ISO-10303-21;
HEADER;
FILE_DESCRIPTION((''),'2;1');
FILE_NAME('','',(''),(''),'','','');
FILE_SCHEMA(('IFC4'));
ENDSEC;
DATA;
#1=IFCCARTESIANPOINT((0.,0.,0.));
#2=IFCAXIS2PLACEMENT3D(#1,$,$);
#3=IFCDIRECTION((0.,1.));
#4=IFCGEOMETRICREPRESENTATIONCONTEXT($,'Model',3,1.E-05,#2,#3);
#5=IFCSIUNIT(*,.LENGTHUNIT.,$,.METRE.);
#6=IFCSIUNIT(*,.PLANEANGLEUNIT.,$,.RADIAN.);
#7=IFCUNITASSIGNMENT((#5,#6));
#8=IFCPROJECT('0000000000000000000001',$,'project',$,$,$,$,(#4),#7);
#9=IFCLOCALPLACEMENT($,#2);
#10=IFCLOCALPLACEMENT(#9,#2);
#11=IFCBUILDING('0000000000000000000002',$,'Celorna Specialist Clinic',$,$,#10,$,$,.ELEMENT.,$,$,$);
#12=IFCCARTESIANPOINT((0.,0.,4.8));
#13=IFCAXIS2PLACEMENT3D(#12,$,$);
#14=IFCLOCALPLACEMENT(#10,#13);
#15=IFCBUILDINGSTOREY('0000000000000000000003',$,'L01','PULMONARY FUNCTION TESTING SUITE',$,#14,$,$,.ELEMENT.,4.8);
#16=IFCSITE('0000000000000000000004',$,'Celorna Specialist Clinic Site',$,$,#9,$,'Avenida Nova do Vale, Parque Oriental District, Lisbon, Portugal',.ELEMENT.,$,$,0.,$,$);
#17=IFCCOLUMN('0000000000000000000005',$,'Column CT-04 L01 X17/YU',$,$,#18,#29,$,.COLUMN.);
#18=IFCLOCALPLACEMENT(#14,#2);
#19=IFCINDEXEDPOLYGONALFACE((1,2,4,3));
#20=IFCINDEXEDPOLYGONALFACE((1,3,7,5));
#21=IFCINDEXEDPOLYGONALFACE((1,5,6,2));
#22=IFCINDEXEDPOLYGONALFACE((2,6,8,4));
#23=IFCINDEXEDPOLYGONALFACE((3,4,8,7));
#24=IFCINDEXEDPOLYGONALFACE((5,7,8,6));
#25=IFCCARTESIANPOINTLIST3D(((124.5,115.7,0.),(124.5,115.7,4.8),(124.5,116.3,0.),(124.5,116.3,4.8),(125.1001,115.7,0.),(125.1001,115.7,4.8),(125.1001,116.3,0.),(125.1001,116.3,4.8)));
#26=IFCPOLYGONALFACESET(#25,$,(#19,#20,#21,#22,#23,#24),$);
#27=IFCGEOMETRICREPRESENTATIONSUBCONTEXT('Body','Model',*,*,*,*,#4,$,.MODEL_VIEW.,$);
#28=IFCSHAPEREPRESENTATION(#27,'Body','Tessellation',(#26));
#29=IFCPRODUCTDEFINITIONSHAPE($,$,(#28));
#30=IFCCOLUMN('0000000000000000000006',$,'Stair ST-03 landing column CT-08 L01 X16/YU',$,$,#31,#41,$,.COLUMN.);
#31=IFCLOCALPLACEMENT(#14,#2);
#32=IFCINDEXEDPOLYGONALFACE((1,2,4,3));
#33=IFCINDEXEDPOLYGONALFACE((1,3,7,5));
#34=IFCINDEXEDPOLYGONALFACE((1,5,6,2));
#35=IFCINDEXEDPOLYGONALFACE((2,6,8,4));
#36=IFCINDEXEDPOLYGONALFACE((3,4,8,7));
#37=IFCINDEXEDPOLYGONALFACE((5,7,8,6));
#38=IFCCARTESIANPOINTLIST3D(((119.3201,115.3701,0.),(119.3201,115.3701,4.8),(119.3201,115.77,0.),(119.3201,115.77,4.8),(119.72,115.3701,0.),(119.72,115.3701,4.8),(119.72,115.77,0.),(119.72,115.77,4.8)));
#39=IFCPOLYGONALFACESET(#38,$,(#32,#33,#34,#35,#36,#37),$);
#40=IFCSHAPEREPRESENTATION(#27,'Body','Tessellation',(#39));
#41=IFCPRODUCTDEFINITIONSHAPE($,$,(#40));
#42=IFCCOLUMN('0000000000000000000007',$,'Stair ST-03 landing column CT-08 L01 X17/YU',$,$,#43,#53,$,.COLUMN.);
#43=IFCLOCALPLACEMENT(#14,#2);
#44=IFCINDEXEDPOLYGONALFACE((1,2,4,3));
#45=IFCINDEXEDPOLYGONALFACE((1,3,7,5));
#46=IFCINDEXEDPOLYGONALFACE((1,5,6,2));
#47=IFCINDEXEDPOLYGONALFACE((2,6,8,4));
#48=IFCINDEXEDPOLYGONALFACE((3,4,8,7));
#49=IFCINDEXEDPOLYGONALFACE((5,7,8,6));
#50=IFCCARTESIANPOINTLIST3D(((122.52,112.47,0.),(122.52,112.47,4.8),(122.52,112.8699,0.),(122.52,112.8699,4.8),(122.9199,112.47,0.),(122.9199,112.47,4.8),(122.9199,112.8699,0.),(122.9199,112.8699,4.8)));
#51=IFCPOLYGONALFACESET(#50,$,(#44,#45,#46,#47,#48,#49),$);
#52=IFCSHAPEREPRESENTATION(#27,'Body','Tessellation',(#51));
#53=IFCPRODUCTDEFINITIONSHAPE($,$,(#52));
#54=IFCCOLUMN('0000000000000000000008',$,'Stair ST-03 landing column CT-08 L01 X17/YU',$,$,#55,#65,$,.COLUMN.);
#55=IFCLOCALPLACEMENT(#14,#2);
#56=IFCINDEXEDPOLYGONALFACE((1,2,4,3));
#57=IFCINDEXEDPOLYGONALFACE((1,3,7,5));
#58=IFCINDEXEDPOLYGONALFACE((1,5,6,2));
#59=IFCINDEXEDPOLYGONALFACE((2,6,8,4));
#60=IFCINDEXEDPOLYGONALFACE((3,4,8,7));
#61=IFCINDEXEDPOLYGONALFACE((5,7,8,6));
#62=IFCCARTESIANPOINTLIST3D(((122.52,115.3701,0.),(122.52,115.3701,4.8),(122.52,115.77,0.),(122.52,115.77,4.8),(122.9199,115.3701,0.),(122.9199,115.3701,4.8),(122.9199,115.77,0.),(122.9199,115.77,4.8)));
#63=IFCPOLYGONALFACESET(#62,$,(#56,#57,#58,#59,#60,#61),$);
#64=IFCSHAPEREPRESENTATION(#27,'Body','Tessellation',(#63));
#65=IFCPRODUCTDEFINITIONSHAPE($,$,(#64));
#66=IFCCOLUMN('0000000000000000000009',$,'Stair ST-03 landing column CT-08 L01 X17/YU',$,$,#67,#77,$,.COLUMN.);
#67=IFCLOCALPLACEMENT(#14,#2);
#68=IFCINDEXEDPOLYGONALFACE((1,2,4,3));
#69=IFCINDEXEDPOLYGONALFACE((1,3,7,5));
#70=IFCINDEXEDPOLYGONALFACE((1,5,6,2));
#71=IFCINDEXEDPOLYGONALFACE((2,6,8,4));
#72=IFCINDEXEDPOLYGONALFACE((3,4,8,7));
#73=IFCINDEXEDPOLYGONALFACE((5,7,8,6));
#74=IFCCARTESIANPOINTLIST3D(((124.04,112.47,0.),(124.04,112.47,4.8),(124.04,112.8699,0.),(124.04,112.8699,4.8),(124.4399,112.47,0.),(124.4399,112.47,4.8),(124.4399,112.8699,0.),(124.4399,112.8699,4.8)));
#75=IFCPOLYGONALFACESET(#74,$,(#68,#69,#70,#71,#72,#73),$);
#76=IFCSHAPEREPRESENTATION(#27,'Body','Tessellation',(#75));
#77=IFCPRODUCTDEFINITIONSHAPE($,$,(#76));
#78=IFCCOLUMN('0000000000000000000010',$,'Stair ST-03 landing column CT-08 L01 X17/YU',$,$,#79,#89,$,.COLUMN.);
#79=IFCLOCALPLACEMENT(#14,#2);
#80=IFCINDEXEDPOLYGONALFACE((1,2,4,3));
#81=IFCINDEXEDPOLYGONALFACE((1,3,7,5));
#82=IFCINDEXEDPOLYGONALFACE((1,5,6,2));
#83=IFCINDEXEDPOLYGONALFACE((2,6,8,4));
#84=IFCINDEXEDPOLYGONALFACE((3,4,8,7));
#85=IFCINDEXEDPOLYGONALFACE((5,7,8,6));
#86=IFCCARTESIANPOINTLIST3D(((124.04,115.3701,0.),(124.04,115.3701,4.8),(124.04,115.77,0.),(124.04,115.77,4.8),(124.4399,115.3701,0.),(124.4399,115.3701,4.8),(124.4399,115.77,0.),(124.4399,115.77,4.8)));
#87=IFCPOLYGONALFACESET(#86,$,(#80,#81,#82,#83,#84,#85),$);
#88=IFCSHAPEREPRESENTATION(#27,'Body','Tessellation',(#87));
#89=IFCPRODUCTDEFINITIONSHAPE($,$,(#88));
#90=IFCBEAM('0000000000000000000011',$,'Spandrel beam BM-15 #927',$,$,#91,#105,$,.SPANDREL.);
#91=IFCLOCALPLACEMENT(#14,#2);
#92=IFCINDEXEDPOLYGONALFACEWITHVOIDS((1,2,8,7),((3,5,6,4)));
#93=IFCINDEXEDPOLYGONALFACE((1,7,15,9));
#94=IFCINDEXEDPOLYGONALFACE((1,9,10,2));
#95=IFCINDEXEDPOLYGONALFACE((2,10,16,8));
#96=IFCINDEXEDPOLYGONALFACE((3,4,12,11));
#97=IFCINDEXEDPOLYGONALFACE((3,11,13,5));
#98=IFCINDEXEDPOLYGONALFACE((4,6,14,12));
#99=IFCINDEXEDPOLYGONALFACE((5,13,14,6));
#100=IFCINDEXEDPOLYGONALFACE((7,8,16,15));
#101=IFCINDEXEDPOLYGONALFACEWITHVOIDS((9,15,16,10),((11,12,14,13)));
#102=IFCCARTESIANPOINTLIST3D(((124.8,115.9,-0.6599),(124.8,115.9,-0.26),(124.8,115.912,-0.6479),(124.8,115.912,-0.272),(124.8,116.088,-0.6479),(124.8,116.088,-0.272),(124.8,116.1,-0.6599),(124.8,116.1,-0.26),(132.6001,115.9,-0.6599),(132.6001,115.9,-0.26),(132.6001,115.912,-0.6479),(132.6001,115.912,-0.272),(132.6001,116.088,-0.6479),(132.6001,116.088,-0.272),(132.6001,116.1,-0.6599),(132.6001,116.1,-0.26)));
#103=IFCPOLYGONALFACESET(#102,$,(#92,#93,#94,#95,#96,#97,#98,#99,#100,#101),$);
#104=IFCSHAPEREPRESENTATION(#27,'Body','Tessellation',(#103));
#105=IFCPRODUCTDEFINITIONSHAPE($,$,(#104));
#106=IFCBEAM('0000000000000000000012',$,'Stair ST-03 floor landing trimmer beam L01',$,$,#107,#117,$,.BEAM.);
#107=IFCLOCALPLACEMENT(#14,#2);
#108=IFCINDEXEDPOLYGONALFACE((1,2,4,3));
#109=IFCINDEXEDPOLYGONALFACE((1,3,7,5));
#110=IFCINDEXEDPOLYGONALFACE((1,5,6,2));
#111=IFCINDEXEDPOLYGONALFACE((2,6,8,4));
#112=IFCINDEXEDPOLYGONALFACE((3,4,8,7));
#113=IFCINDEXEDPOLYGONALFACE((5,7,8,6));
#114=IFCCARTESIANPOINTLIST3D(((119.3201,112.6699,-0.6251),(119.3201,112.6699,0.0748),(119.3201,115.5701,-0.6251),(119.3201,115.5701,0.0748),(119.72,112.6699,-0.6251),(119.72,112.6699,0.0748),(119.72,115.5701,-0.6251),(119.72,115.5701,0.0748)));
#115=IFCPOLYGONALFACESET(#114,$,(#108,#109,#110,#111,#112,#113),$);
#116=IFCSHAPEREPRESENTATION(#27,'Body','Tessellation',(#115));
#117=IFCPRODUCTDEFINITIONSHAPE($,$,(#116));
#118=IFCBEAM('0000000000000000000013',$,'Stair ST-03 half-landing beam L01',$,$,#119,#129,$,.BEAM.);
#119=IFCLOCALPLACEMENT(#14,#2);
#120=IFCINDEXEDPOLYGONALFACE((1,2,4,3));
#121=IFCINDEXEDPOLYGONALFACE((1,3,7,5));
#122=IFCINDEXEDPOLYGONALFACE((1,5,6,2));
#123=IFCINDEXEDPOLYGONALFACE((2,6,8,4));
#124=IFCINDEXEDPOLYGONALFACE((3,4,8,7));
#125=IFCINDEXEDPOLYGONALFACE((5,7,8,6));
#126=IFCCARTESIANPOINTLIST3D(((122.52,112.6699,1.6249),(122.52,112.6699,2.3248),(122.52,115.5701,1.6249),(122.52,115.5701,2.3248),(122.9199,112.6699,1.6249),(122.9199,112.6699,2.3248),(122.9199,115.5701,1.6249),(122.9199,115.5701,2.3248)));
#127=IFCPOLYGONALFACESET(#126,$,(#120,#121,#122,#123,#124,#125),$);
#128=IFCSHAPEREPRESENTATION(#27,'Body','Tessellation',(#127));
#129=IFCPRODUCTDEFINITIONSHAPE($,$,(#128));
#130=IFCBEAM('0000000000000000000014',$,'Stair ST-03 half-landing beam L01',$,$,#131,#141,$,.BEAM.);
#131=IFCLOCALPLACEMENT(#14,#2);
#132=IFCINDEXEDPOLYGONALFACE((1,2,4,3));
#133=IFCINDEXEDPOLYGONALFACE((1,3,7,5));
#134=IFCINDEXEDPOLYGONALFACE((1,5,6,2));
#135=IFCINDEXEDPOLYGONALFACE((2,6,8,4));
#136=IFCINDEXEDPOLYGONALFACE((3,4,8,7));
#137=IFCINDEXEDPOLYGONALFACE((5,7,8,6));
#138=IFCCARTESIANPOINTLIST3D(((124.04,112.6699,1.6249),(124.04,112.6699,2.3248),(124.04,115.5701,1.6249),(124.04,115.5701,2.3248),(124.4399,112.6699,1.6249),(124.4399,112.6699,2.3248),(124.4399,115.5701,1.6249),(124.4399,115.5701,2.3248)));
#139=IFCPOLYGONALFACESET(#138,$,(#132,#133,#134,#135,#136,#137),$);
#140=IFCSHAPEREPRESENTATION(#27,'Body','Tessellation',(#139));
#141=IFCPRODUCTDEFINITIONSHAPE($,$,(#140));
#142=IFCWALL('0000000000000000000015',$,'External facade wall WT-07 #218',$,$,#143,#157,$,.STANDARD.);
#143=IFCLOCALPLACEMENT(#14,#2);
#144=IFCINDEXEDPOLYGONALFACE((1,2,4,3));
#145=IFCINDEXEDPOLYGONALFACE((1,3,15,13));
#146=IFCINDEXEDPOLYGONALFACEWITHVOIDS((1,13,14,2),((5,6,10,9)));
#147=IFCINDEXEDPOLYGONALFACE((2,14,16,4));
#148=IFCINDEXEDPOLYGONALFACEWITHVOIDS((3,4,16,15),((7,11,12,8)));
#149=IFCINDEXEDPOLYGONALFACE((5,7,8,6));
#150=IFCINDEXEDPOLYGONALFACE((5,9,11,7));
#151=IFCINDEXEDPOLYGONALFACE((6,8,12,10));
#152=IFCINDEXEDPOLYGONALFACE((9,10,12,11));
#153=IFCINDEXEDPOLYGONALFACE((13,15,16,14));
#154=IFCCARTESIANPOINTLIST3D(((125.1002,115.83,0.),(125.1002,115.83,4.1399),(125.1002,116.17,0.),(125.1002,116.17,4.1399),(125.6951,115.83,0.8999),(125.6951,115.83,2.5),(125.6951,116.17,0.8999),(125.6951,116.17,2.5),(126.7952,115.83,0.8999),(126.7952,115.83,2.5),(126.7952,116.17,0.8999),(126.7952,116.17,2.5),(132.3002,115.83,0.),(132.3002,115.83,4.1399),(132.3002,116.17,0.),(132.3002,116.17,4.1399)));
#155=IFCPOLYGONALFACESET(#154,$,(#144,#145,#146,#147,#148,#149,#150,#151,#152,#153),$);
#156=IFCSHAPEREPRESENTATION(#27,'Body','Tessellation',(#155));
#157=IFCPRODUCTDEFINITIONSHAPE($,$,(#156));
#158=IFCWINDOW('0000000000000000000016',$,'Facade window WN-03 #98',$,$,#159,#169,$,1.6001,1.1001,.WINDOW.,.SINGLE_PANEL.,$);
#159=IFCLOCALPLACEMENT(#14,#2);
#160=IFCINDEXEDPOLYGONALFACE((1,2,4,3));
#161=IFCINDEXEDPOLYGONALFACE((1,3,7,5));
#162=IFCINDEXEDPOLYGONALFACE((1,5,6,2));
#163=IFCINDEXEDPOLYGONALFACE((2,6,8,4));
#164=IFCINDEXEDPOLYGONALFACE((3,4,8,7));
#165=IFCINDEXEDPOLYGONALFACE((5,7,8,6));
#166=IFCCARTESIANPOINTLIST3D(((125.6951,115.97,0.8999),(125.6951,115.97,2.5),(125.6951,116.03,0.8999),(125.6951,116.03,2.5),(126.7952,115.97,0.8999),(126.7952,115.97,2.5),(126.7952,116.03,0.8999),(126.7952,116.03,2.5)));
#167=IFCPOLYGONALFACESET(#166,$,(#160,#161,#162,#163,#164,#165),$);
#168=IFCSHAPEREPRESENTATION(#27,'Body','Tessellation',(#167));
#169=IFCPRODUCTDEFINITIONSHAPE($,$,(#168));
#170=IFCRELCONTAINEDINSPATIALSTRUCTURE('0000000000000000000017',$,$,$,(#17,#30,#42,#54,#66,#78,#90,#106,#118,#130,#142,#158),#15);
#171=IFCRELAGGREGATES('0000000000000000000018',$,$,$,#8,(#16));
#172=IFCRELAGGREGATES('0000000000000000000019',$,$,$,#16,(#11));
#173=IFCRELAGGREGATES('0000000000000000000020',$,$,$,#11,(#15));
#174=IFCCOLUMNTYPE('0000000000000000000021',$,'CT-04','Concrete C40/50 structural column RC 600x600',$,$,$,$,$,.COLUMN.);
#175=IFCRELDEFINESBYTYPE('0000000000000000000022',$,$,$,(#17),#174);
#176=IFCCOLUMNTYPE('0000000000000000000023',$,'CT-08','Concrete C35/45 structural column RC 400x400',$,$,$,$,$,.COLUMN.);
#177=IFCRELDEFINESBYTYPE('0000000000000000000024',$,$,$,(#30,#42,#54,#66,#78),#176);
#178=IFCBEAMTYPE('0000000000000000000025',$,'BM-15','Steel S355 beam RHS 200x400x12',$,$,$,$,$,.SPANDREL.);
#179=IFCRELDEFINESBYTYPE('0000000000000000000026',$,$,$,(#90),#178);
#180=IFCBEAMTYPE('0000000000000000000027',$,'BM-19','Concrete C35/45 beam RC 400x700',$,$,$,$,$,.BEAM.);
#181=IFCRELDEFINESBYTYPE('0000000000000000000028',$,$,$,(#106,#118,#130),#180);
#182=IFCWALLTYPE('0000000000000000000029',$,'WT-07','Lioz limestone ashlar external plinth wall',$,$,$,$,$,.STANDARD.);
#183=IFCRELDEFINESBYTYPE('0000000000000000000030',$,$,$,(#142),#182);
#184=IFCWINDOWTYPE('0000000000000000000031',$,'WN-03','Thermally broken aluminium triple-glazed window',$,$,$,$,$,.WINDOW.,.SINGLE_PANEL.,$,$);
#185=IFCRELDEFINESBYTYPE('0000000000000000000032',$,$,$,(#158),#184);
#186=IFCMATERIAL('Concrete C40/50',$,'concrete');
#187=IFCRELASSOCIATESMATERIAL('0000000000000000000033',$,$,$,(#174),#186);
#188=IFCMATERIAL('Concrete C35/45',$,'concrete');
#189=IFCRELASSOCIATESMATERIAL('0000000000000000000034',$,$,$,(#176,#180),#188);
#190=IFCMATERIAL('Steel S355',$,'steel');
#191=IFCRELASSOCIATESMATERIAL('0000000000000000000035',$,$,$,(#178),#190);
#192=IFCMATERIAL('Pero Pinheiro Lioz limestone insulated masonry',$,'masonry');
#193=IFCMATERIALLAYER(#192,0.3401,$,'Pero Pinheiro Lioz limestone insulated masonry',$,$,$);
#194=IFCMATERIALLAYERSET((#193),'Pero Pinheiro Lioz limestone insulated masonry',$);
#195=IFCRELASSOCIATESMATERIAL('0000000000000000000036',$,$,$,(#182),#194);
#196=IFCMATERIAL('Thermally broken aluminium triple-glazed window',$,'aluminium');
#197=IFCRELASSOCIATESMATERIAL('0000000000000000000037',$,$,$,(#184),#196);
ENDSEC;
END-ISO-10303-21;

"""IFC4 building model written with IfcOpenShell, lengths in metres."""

from ifc_helpers import new_model, si_unit, direction, frame, frame_2d, origin, origin_2d, place, context, subcontext, project, spatial, rectangle, hollow_rectangle, extrude, material, layer, layer_set, material_profile, profile_set, type_object, element, fill, save


model = new_model("IFC4")

# Units and contexts
model_context = context("Model", 3, precision=1e-05, world=origin(), true_north=direction((0.0, 1.0)))
body_context = subcontext(model_context, "Body", "Model", "MODEL_VIEW")
ifc_project = project(units=[si_unit("LENGTHUNIT", "METRE"), si_unit("PLANEANGLEUNIT", "RADIAN")], contexts=[model_context])

# Site, building, storey
site_placement = place(None, origin())
site = spatial("IfcSite", under=ifc_project, at=site_placement, Name="Celorna Specialist Clinic Site", LongName="Avenida Nova do Vale, Parque Oriental District, Lisbon, Portugal", CompositionType="ELEMENT", RefElevation=0.0)
building_placement = place(site_placement, origin())
building = spatial("IfcBuilding", under=site, at=building_placement, Name="Celorna Specialist Clinic", CompositionType="ELEMENT")
storey_placement = place(building_placement, frame((0.0, 0.0, 4.8)))
storey = spatial("IfcBuildingStorey", under=building, at=storey_placement, Name="L01", Description="PULMONARY FUNCTION TESTING SUITE", CompositionType="ELEMENT", Elevation=4.8)

# Columns
ifc_material_1 = material(Name="Concrete C40/50", Category="concrete")
ifc_material_profile_1 = material_profile(ifc_material_1, rectangle(XDim=0.6001, YDim=0.6001, at=origin_2d()), Name="RC 600x600")
ifc_profile_set_1 = profile_set([ifc_material_profile_1], Name="Concrete C40/50")
column_type_1 = type_object("IfcColumnType", Name="CT-04", Description="Concrete C40/50 structural column RC 600x600", PredefinedType="COLUMN", material=ifc_profile_set_1)
column_placement = place(storey_placement, frame((124.8, 116.0, 0.0), z_axis=(0.0, 0.0, 1.0), x_axis=(1.0, 0.0, 0.0)))
element("IfcColumn", 1, at=column_placement, inside=storey, type_object=column_type_1, Name="Column CT-04 L01 X17/YU", PredefinedType="COLUMN", context=body_context, shape_type="SweptSolid", body=[
    extrude(rectangle(XDim=0.6001, YDim=0.6001, at=origin_2d()), origin(), (0.0, 0.0, 1.0), 4.8),
])
ifc_material_2 = material(Name="Concrete C35/45", Category="concrete")
ifc_material_profile_2 = material_profile(ifc_material_2, rectangle(XDim=0.3999, YDim=0.3999, at=origin_2d()), Name="RC 400x400")
ifc_profile_set_2 = profile_set([ifc_material_profile_2], Name="Concrete C35/45")
column_type_2 = type_object("IfcColumnType", Name="CT-08", Description="Concrete C35/45 structural column RC 400x400", PredefinedType="COLUMN", material=ifc_profile_set_2)
for number, where, z_axis, x_axis, name in (
    (2, (119.52, 115.5701, 0.0), (0.0, 0.0, 1.0), (1.0, 0.0, 0.0), "Stair ST-03 landing column CT-08 L01 X16/YU"),
    (3, (122.72, 112.6699, 0.0), (0.0, 0.0, 1.0), (1.0, 0.0, 0.0), "Stair ST-03 landing column CT-08 L01 X17/YU"),
    (4, (122.72, 115.5701, 0.0), (0.0, 0.0, 1.0), (1.0, 0.0, 0.0), "Stair ST-03 landing column CT-08 L01 X17/YU"),
    (5, (124.24, 112.6699, 0.0), (0.0, 0.0, 1.0), (1.0, 0.0, 0.0), "Stair ST-03 landing column CT-08 L01 X17/YU"),
    (6, (124.24, 115.5701, 0.0), (0.0, 0.0, 1.0), (1.0, 0.0, 0.0), "Stair ST-03 landing column CT-08 L01 X17/YU"),
):
    element("IfcColumn", number, at=place(storey_placement, frame(where, z_axis=z_axis, x_axis=x_axis)), inside=storey, type_object=column_type_2, Name=name, PredefinedType="COLUMN", context=body_context, shape_type="SweptSolid", body=[
        extrude(rectangle(XDim=0.3999, YDim=0.3999, at=origin_2d()), origin(), (0.0, 0.0, 1.0), 4.8),
    ])

# Beams
ifc_material_3 = material(Name="Steel S355", Category="steel")
ifc_material_profile_3 = material_profile(ifc_material_3, hollow_rectangle(XDim=0.2, YDim=0.3999, WallThickness=0.012, at=origin_2d()), Name="RHS 200x400x12")
ifc_profile_set_3 = profile_set([ifc_material_profile_3], Name="Steel S355")
beam_type_1 = type_object("IfcBeamType", Name="BM-15", Description="Steel S355 beam RHS 200x400x12", PredefinedType="SPANDREL", material=ifc_profile_set_3)
beam_placement = place(storey_placement, frame((124.8, 116.0, -0.46), z_axis=(1.0, 0.0, 0.0), x_axis=(0.0, 1.0, 0.0)))
element("IfcBeam", 7, at=beam_placement, inside=storey, type_object=beam_type_1, Name="Spandrel beam BM-15 #927", PredefinedType="SPANDREL", context=body_context, shape_type="SweptSolid", body=[
    extrude(hollow_rectangle(XDim=0.2, YDim=0.3999, WallThickness=0.012, at=origin_2d()), origin(), (0.0, 0.0, 1.0), 7.8),
])
ifc_material_profile_4 = material_profile(ifc_material_2, rectangle(XDim=0.3999, YDim=0.7, at=origin_2d()), Name="RC 400x700")
ifc_profile_set_4 = profile_set([ifc_material_profile_4], Name="Concrete C35/45")
beam_type_2 = type_object("IfcBeamType", Name="BM-19", Description="Concrete C35/45 beam RC 400x700", PredefinedType="BEAM", material=ifc_profile_set_4)
for number, where, z_axis, x_axis, name in (
    (8, (119.52, 112.6699, -0.2751), (0.0, 1.0, 0.0), (-1.0, 0.0, 0.0), "Stair ST-03 floor landing trimmer beam L01"),
    (9, (122.72, 112.6699, 1.9749), (0.0, 1.0, 0.0), (-1.0, 0.0, 0.0), "Stair ST-03 half-landing beam L01"),
    (10, (124.24, 112.6699, 1.9749), (0.0, 1.0, 0.0), (-1.0, 0.0, 0.0), "Stair ST-03 half-landing beam L01"),
):
    element("IfcBeam", number, at=place(storey_placement, frame(where, z_axis=z_axis, x_axis=x_axis)), inside=storey, type_object=beam_type_2, Name=name, PredefinedType="BEAM", context=body_context, shape_type="SweptSolid", body=[
        extrude(rectangle(XDim=0.3999, YDim=0.7, at=origin_2d()), origin(), (0.0, 0.0, 1.0), 2.9001),
    ])

# Wall, opening, window
ifc_material_4 = material(Name="Pero Pinheiro Lioz limestone insulated masonry", Category="masonry")
ifc_layer_1 = layer(ifc_material_4, 0.3401, Name="Pero Pinheiro Lioz limestone insulated masonry")
ifc_layer_set_1 = layer_set([ifc_layer_1], Name="Pero Pinheiro Lioz limestone insulated masonry")
wall_type = type_object("IfcWallType", Name="WT-07", Description="Lioz limestone ashlar external plinth wall", PredefinedType="STANDARD", material=ifc_layer_set_1)
wall_placement = place(storey_placement, frame((125.1001, 116.0, 0.0), z_axis=(0.0, 0.0, 1.0), x_axis=(1.0, 0.0, 0.0)))
wall = element("IfcWall", 11, at=wall_placement, inside=storey, type_object=wall_type, Name="External facade wall WT-07 #218", PredefinedType="STANDARD", context=body_context, shape_type="SweptSolid", body=[
    extrude(rectangle(XDim=7.2, YDim=0.3401, at=frame_2d((3.6001, 0.0))), origin(), (0.0, 0.0, 1.0), 4.1399),
])
opening_placement = place(wall_placement, frame((0.595, 0.0, 0.8999)))
opening = element("IfcOpeningElement", 12, at=opening_placement, cuts=wall, PredefinedType="OPENING", context=body_context, shape_type="SweptSolid", body=[
    extrude(rectangle(XDim=1.1001, YDim=1.6001, at=frame_2d((0.55, 0.8))), frame((0.0, 0.1799, 0.0), z_axis=(0.0, -1.0, 0.0), x_axis=(1.0, 0.0, 0.0)), (0.0, 0.0, 1.0), 0.3601),
])
ifc_material_5 = material(Name="Thermally broken aluminium triple-glazed window", Category="aluminium")
window_type = type_object("IfcWindowType", Name="WN-03", Description="Thermally broken aluminium triple-glazed window", PartitioningType="SINGLE_PANEL", PredefinedType="WINDOW", material=ifc_material_5)
window_placement = place(opening_placement, origin())
window = element("IfcWindow", 13, at=window_placement, inside=storey, type_object=window_type, Name="Facade window WN-03 #98", OverallHeight=1.6001, OverallWidth=1.1001, PartitioningType="SINGLE_PANEL", PredefinedType="WINDOW", context=body_context, shape_type="SweptSolid", body=[
    extrude(rectangle(XDim=1.1001, YDim=1.6001, at=frame_2d((0.55, 0.8))), frame((0.0, 0.03, 0.0), z_axis=(0.0, -1.0, 0.0), x_axis=(1.0, 0.0, 0.0)), (0.0, 0.0, 1.0), 0.0601),
])
fill(opening, window)

save(model, "model.ifc")
